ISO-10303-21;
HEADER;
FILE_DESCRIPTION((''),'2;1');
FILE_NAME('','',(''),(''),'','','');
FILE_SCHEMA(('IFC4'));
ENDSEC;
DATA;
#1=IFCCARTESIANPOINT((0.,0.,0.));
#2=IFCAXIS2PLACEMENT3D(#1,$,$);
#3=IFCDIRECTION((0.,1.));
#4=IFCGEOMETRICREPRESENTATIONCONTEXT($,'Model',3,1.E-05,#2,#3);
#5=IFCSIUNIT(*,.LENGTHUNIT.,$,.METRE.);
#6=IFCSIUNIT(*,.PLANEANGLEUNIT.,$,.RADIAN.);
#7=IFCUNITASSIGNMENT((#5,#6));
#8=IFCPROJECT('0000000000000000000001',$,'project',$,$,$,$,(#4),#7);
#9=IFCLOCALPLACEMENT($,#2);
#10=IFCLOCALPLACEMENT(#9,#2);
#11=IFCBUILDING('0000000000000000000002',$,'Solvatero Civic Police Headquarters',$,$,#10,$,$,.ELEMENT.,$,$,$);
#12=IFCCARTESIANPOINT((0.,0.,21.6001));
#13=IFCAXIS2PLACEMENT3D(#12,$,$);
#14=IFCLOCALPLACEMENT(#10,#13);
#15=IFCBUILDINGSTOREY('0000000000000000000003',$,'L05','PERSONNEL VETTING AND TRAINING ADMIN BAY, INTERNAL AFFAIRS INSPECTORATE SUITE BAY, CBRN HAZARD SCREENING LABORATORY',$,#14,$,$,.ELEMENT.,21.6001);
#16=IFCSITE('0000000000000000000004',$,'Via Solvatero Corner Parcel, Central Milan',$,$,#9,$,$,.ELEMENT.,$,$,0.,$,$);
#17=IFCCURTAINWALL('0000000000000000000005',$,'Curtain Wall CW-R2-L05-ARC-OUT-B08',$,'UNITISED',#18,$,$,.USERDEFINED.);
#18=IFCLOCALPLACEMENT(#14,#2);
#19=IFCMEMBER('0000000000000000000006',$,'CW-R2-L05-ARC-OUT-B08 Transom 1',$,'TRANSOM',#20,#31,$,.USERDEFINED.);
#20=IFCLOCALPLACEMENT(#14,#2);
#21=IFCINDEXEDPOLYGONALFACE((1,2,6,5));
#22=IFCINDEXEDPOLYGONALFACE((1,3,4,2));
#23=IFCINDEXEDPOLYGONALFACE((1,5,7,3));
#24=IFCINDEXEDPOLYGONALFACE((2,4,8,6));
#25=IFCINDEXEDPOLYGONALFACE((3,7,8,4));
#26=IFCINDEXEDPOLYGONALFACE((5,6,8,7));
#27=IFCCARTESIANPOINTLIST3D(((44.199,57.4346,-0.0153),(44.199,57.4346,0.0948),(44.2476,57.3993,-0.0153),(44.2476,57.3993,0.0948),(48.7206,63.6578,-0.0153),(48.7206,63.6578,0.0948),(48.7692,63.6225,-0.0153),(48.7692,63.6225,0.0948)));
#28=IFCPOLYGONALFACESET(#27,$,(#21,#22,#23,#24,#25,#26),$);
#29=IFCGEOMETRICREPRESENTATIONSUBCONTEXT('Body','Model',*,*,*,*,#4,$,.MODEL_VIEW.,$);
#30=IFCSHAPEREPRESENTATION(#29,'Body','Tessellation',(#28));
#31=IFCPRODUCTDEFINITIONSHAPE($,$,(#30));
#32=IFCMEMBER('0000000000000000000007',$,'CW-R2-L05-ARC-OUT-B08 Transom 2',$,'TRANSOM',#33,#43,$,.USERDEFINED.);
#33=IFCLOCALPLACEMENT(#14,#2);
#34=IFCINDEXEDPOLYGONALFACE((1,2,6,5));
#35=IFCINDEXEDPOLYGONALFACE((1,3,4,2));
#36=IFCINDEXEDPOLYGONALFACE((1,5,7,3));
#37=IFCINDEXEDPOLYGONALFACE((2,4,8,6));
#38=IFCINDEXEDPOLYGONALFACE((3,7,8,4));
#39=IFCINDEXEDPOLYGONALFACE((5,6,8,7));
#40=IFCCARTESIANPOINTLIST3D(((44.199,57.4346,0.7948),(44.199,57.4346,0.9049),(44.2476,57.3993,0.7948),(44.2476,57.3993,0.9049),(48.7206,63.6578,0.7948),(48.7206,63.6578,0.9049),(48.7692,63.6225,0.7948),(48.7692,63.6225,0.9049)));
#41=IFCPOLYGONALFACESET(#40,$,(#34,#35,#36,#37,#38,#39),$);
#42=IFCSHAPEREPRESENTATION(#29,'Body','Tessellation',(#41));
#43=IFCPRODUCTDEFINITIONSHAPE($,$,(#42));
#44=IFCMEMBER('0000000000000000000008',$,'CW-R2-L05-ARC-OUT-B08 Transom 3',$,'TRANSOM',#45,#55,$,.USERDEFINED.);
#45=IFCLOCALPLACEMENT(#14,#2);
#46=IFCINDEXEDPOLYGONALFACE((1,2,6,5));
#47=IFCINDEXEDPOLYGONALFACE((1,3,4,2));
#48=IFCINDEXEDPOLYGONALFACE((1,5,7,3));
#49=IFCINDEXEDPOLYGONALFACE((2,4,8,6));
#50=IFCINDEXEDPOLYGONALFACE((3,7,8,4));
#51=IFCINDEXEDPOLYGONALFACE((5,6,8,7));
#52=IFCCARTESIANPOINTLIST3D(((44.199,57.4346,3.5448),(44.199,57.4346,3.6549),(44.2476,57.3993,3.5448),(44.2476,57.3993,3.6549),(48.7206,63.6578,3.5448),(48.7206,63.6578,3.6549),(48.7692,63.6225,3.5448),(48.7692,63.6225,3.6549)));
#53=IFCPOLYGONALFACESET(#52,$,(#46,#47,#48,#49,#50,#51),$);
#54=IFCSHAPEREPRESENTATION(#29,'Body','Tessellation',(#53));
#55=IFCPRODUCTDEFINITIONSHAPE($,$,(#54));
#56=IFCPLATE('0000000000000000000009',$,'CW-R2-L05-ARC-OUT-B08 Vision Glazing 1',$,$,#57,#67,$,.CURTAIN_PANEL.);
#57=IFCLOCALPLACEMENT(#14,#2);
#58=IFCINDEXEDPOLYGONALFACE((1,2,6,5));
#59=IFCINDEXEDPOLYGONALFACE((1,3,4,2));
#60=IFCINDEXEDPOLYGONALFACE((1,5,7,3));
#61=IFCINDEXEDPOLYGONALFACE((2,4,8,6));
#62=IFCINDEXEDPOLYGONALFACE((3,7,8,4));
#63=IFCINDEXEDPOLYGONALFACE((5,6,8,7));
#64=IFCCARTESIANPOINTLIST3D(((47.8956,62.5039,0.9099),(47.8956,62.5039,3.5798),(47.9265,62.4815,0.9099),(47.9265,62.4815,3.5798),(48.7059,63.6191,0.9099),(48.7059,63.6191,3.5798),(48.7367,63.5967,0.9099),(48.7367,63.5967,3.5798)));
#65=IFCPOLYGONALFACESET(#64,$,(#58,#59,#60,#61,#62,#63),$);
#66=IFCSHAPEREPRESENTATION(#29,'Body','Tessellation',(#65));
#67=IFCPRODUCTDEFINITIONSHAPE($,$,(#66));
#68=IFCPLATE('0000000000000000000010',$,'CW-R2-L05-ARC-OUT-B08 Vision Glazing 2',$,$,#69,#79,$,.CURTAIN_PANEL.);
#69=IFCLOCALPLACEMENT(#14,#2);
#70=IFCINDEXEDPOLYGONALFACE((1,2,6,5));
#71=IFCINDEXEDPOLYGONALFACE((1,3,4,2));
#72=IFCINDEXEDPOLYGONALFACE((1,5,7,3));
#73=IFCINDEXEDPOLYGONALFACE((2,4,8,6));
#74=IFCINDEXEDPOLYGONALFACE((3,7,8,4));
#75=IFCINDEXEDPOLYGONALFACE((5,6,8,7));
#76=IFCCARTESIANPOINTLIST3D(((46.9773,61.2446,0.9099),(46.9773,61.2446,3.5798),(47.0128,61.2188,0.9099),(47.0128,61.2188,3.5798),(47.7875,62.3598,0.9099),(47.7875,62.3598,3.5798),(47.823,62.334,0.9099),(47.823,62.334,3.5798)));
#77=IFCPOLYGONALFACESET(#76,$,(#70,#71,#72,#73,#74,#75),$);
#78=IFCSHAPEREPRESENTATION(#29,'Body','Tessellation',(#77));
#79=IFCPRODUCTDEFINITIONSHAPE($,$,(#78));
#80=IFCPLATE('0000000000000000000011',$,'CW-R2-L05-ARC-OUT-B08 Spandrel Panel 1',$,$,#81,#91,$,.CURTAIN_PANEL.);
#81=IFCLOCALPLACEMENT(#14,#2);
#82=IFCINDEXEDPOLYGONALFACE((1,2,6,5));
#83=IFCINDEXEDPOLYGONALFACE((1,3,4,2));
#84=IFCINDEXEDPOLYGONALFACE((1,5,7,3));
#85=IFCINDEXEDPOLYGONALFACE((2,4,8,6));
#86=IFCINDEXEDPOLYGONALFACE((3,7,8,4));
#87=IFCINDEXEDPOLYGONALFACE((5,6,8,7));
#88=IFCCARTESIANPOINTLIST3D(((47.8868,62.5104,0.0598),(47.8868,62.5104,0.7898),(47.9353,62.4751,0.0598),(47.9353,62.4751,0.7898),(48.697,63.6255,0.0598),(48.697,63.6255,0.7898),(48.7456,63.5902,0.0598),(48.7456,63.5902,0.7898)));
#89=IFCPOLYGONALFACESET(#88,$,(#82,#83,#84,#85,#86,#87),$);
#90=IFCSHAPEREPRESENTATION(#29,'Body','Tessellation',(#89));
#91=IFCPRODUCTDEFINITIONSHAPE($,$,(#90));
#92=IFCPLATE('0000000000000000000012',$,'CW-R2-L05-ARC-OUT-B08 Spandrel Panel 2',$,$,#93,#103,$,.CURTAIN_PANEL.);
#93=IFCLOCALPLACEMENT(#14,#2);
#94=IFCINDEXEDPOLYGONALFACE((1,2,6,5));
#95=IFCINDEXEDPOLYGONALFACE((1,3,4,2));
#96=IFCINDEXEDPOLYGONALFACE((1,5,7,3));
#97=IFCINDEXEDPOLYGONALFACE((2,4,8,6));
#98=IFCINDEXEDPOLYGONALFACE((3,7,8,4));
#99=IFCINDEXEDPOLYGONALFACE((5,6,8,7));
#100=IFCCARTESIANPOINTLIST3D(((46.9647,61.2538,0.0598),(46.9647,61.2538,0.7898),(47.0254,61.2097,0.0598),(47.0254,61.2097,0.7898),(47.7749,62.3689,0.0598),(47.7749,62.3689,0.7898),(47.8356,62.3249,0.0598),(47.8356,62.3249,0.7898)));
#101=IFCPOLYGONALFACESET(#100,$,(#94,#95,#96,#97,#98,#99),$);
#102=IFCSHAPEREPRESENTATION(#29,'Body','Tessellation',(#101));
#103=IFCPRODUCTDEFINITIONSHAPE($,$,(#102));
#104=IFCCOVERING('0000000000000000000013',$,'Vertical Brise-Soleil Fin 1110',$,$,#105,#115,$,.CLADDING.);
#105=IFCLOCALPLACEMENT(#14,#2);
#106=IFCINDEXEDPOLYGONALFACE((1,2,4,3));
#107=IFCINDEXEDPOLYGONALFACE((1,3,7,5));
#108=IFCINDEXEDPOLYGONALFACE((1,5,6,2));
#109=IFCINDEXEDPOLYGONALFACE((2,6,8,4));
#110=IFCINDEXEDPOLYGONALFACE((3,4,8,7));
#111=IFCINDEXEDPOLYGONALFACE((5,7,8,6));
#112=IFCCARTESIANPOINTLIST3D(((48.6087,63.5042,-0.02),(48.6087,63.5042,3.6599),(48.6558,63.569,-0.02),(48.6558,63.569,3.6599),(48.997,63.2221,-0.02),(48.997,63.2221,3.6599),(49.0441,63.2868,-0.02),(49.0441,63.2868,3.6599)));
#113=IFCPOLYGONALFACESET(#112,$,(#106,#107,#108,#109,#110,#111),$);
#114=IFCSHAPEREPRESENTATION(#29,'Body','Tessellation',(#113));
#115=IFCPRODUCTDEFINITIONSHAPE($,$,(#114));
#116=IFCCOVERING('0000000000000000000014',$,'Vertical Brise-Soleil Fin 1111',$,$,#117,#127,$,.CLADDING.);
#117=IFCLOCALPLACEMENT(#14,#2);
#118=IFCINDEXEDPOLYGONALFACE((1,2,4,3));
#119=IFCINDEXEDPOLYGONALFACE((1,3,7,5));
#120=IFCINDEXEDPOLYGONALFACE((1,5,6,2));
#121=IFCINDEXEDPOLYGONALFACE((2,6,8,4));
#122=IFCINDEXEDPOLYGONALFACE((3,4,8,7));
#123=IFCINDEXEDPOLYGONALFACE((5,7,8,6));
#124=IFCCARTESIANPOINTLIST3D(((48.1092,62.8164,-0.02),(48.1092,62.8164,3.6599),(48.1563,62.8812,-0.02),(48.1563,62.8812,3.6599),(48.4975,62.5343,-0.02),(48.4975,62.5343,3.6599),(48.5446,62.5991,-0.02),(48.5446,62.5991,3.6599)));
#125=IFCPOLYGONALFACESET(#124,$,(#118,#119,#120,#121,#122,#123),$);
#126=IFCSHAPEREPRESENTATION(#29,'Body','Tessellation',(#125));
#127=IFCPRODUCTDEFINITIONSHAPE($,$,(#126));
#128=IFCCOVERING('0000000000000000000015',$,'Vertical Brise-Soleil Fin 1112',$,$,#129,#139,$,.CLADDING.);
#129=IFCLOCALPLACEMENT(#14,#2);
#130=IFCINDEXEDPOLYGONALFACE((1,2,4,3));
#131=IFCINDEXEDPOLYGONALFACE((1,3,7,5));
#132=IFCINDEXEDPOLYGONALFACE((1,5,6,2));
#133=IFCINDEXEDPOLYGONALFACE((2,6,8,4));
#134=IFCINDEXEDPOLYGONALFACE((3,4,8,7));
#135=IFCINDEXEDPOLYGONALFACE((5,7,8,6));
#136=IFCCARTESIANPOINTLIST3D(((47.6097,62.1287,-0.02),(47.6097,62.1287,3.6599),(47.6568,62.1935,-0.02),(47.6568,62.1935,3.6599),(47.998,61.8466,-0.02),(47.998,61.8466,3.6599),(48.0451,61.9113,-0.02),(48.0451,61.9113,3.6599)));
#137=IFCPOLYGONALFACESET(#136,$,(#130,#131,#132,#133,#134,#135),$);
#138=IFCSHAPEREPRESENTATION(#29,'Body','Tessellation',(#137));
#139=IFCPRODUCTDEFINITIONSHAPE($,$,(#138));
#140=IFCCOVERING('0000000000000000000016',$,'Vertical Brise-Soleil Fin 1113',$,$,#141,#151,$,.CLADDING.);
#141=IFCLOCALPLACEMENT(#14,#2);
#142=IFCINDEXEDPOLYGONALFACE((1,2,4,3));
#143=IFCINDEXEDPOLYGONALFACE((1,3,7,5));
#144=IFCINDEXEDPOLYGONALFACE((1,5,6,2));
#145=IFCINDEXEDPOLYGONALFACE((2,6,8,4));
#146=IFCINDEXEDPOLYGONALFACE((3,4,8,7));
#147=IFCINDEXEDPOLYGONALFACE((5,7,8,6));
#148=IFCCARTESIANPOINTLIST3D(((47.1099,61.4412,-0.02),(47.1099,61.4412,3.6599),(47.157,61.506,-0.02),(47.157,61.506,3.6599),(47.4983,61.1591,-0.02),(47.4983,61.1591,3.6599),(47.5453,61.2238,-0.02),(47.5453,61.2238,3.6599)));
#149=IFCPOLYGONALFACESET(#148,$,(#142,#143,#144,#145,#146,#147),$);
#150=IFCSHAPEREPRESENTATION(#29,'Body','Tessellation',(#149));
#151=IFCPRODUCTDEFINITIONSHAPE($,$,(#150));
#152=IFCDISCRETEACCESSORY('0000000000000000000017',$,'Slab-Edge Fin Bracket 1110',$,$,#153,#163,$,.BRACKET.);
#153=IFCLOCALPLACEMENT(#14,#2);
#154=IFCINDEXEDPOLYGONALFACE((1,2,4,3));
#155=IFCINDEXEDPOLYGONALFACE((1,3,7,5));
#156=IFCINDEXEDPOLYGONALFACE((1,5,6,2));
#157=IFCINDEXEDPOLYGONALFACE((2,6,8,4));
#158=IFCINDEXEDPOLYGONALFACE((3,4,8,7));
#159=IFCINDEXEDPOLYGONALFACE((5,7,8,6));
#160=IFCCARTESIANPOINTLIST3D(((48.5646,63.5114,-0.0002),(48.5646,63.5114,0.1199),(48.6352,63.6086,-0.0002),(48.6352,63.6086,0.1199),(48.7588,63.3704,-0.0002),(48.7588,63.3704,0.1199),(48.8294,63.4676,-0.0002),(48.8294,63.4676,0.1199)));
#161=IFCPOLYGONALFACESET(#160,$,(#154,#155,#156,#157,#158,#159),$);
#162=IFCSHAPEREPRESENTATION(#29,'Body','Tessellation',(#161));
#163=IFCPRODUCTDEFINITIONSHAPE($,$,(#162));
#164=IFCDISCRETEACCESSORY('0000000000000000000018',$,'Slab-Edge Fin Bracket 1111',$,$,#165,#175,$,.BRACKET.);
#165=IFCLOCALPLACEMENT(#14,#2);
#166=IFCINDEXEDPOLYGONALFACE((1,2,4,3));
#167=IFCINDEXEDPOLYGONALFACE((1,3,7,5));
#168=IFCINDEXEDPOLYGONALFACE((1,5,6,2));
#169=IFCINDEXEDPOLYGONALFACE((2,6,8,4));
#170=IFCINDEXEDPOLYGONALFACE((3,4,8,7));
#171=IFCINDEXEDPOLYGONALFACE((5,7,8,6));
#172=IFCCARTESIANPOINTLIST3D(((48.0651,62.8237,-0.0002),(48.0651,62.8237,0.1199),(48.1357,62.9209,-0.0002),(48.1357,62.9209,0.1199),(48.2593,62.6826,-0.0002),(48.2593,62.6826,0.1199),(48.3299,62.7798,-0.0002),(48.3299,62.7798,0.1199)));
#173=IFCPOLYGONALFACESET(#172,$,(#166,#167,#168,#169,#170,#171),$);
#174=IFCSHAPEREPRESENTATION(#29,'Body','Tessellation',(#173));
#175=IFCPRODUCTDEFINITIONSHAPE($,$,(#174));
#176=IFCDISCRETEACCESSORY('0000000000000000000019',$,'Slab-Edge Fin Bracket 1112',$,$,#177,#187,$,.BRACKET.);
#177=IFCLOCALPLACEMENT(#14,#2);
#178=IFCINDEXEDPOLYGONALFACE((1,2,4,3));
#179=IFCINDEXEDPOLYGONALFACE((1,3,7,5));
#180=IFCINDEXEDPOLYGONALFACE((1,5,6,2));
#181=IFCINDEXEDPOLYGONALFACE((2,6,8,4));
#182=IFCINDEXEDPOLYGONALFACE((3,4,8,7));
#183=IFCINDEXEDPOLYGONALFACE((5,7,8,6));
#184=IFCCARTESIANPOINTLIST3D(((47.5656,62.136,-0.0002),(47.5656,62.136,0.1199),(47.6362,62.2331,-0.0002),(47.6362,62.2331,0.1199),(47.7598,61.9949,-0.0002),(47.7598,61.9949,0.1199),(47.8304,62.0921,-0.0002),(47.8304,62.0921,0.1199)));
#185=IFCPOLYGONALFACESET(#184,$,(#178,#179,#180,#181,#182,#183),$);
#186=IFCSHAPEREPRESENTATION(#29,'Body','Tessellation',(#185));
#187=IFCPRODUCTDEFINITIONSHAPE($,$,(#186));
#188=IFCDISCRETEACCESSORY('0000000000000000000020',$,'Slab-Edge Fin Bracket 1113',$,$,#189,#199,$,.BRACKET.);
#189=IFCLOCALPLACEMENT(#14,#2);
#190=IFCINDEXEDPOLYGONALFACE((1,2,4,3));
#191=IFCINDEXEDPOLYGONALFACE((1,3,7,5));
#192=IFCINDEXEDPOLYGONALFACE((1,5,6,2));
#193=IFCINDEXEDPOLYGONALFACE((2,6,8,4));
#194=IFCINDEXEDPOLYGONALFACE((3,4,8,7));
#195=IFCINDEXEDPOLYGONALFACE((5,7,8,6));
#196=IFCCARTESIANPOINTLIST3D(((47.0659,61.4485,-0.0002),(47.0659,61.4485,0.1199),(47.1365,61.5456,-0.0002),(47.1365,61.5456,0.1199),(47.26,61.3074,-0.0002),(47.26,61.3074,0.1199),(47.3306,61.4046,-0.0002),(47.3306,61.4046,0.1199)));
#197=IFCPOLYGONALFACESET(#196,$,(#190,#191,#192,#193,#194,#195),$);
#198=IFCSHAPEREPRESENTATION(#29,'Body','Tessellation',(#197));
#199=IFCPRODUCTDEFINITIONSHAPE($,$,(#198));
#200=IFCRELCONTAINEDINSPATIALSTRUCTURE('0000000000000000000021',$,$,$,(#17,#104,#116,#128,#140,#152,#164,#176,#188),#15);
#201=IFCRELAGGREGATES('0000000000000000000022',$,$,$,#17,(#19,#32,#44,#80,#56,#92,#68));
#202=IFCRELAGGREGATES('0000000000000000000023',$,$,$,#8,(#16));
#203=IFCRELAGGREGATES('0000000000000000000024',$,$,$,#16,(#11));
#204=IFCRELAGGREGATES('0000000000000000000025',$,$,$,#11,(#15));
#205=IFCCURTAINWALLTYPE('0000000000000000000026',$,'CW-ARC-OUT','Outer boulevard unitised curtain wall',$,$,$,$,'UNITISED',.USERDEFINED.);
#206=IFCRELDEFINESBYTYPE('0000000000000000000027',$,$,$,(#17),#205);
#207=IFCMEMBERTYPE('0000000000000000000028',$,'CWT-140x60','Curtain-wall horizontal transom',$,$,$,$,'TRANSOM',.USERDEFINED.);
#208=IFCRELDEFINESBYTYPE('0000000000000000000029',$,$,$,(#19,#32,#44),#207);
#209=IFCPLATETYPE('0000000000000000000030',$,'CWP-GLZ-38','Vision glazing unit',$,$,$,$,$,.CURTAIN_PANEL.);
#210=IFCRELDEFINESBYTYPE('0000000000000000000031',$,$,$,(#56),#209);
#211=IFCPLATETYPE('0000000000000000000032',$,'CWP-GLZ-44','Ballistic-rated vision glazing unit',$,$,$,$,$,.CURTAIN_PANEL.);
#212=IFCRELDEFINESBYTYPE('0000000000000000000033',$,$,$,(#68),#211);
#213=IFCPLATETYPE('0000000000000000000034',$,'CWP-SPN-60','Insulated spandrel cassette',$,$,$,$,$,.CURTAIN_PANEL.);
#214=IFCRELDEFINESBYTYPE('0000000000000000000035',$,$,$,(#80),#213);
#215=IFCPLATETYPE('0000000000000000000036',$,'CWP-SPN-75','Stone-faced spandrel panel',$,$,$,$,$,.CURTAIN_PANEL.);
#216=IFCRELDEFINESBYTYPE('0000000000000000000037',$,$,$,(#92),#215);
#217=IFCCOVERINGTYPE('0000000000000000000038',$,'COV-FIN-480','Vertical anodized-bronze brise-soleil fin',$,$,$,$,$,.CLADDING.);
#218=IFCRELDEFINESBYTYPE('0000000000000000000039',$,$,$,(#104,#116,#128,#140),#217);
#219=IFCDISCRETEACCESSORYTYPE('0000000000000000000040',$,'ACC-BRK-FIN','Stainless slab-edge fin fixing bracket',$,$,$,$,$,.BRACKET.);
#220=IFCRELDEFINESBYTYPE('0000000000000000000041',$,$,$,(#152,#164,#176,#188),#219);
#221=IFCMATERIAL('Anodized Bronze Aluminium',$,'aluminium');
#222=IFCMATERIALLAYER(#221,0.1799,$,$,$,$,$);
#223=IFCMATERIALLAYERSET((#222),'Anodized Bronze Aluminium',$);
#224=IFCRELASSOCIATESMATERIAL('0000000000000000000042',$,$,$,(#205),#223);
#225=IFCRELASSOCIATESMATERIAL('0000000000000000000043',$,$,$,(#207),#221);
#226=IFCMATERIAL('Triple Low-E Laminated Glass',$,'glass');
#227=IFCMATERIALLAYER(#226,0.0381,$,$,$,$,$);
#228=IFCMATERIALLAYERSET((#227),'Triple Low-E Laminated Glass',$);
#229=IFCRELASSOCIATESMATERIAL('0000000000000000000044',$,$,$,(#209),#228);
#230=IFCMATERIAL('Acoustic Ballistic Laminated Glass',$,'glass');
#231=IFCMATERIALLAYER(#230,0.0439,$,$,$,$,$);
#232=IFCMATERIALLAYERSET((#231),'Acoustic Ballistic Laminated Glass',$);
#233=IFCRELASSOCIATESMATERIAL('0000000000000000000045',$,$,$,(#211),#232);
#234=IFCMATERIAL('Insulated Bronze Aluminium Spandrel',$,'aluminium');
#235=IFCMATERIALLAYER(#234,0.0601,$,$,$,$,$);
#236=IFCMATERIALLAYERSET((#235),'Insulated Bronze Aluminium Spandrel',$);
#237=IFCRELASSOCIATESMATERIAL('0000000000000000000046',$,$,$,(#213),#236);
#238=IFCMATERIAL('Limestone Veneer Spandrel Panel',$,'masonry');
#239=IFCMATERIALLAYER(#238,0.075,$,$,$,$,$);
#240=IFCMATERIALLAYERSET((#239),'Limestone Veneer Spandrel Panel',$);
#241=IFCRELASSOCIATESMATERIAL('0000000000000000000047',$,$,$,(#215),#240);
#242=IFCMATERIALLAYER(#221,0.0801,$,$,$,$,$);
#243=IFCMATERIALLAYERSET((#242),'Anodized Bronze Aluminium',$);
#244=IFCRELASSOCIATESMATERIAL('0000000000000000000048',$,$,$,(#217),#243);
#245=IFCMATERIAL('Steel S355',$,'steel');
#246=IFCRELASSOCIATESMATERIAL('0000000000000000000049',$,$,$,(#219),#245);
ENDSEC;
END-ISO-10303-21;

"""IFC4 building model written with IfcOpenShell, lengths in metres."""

from ifc_helpers import new_model, si_unit, direction, frame, origin, origin_2d, place, context, subcontext, project, spatial, rectangle, extrude, material, layer, layer_set, material_profile, profile_set, type_object, element, aggregate, save


model = new_model("IFC4")

# Units and contexts
model_context = context("Model", 3, precision=1e-05, world=origin(), true_north=direction((0.0, 1.0)))
body_context = subcontext(model_context, "Body", "Model", "MODEL_VIEW")
ifc_project = project(units=[si_unit("LENGTHUNIT", "METRE"), si_unit("PLANEANGLEUNIT", "RADIAN")], contexts=[model_context])

# Site, building, storey
site_placement = place(None, origin())
site = spatial("IfcSite", under=ifc_project, at=site_placement, Name="Via Solvatero Corner Parcel, Central Milan", CompositionType="ELEMENT", RefElevation=0.0)
building_placement = place(site_placement, origin())
building = spatial("IfcBuilding", under=site, at=building_placement, Name="Solvatero Civic Police Headquarters", CompositionType="ELEMENT")
storey_placement = place(building_placement, frame((0.0, 0.0, 21.6001)))
storey = spatial("IfcBuildingStorey", under=building, at=storey_placement, Name="L05", Description="PERSONNEL VETTING AND TRAINING ADMIN BAY, INTERNAL AFFAIRS INSPECTORATE SUITE BAY, CBRN HAZARD SCREENING LABORATORY", CompositionType="ELEMENT", Elevation=21.6001)

# Shared definitions
ifc_material_1 = material(Name="Steel S355", Category="steel")

# Curtain wall, members, plates
ifc_material_2 = material(Name="Anodized Bronze Aluminium", Category="aluminium")
ifc_layer_1 = layer(ifc_material_2, 0.1799)
ifc_layer_set_1 = layer_set([ifc_layer_1], Name="Anodized Bronze Aluminium")
curtain_wall_type = type_object("IfcCurtainWallType", Name="CW-ARC-OUT", Description="Outer boulevard unitised curtain wall", ElementType="UNITISED", PredefinedType="USERDEFINED", material=ifc_layer_set_1)
curtain_wall_placement = place(storey_placement, origin())
curtain_wall = element("IfcCurtainWall", 1, at=curtain_wall_placement, inside=storey, type_object=curtain_wall_type, Name="Curtain Wall CW-R2-L05-ARC-OUT-B08", ObjectType="UNITISED", PredefinedType="USERDEFINED")
ifc_material_profile_1 = material_profile(ifc_material_2, rectangle(XDim=0.0601, YDim=0.1101, at=origin_2d()), Name="ALU TRANSOM 60x110")
ifc_profile_set_1 = profile_set([ifc_material_profile_1], Name="Anodized Bronze Aluminium")
member_type_1 = type_object("IfcMemberType", Name="CWT-140x60", Description="Curtain-wall horizontal transom", ElementType="TRANSOM", PredefinedType="USERDEFINED", material=ifc_profile_set_1)
member_1_placement = place(storey_placement, frame((48.7449, 63.6401, 0.0398), z_axis=(-0.587794, -0.80901, 0.0), x_axis=(0.80901, -0.587794, 0.0)))
member_1 = element("IfcMember", 2, at=member_1_placement, type_object=member_type_1, Name="CW-R2-L05-ARC-OUT-B08 Transom 1", ObjectType="TRANSOM", PredefinedType="USERDEFINED", context=body_context, shape_type="SweptSolid", body=[
    extrude(rectangle(XDim=0.0601, YDim=0.1101, at=origin_2d()), origin(), (0.0, 0.0, 1.0), 7.6924),
])
member_2_placement = place(storey_placement, frame((48.7449, 63.6401, 0.8499), z_axis=(-0.587794, -0.80901, 0.0), x_axis=(0.80901, -0.587794, 0.0)))
member_2 = element("IfcMember", 3, at=member_2_placement, type_object=member_type_1, Name="CW-R2-L05-ARC-OUT-B08 Transom 2", ObjectType="TRANSOM", PredefinedType="USERDEFINED", context=body_context, shape_type="SweptSolid", body=[
    extrude(rectangle(XDim=0.0601, YDim=0.1101, at=origin_2d()), origin(), (0.0, 0.0, 1.0), 7.6924),
])
member_3_placement = place(storey_placement, frame((48.7449, 63.6401, 3.5999), z_axis=(-0.587794, -0.80901, 0.0), x_axis=(0.80901, -0.587794, 0.0)))
member_3 = element("IfcMember", 4, at=member_3_placement, type_object=member_type_1, Name="CW-R2-L05-ARC-OUT-B08 Transom 3", ObjectType="TRANSOM", PredefinedType="USERDEFINED", context=body_context, shape_type="SweptSolid", body=[
    extrude(rectangle(XDim=0.0601, YDim=0.1101, at=origin_2d()), origin(), (0.0, 0.0, 1.0), 7.6924),
])
ifc_material_3 = material(Name="Triple Low-E Laminated Glass", Category="glass")
ifc_layer_2 = layer(ifc_material_3, 0.0381)
ifc_layer_set_2 = layer_set([ifc_layer_2], Name="Triple Low-E Laminated Glass")
plate_type_1 = type_object("IfcPlateType", Name="CWP-GLZ-38", Description="Vision glazing unit", PredefinedType="CURTAIN_PANEL", material=ifc_layer_set_2)
plate_1_placement = place(storey_placement, frame((48.3162, 63.0503, 0.9099), z_axis=(0.0, 0.0, 1.0), x_axis=(-0.587785, -0.809017, 0.0)))
plate_1 = element("IfcPlate", 5, at=plate_1_placement, type_object=plate_type_1, Name="CW-R2-L05-ARC-OUT-B08 Vision Glazing 1", PredefinedType="CURTAIN_PANEL", context=body_context, shape_type="SweptSolid", body=[
    extrude(rectangle(XDim=1.3784, YDim=0.0381, at=origin_2d()), origin(), (0.0, 0.0, 1.0), 2.6699),
])
ifc_material_4 = material(Name="Acoustic Ballistic Laminated Glass", Category="glass")
ifc_layer_3 = layer(ifc_material_4, 0.0439)
ifc_layer_set_3 = layer_set([ifc_layer_3], Name="Acoustic Ballistic Laminated Glass")
plate_type_2 = type_object("IfcPlateType", Name="CWP-GLZ-44", Description="Ballistic-rated vision glazing unit", PredefinedType="CURTAIN_PANEL", material=ifc_layer_set_3)
plate_2_placement = place(storey_placement, frame((47.4001, 61.7893, 0.9099), z_axis=(0.0, 0.0, 1.0), x_axis=(-0.587785, -0.809017, 0.0)))
plate_2 = element("IfcPlate", 6, at=plate_2_placement, type_object=plate_type_2, Name="CW-R2-L05-ARC-OUT-B08 Vision Glazing 2", PredefinedType="CURTAIN_PANEL", context=body_context, shape_type="SweptSolid", body=[
    extrude(rectangle(XDim=1.3784, YDim=0.0439, at=origin_2d()), origin(), (0.0, 0.0, 1.0), 2.6699),
])
ifc_material_5 = material(Name="Insulated Bronze Aluminium Spandrel", Category="aluminium")
ifc_layer_4 = layer(ifc_material_5, 0.0601)
ifc_layer_set_4 = layer_set([ifc_layer_4], Name="Insulated Bronze Aluminium Spandrel")
plate_type_3 = type_object("IfcPlateType", Name="CWP-SPN-60", Description="Insulated spandrel cassette", PredefinedType="CURTAIN_PANEL", material=ifc_layer_set_4)
plate_3_placement = place(storey_placement, frame((48.3162, 63.0503, 0.0598), z_axis=(0.0, 0.0, 1.0), x_axis=(-0.587785, -0.809017, 0.0)))
plate_3 = element("IfcPlate", 7, at=plate_3_placement, type_object=plate_type_3, Name="CW-R2-L05-ARC-OUT-B08 Spandrel Panel 1", PredefinedType="CURTAIN_PANEL", context=body_context, shape_type="SweptSolid", body=[
    extrude(rectangle(XDim=1.3784, YDim=0.0601, at=origin_2d()), origin(), (0.0, 0.0, 1.0), 0.73),
])
ifc_material_6 = material(Name="Limestone Veneer Spandrel Panel", Category="masonry")
ifc_layer_5 = layer(ifc_material_6, 0.075)
ifc_layer_set_5 = layer_set([ifc_layer_5], Name="Limestone Veneer Spandrel Panel")
plate_type_4 = type_object("IfcPlateType", Name="CWP-SPN-75", Description="Stone-faced spandrel panel", PredefinedType="CURTAIN_PANEL", material=ifc_layer_set_5)
plate_4_placement = place(storey_placement, frame((47.4001, 61.7893, 0.0598), z_axis=(0.0, 0.0, 1.0), x_axis=(-0.587785, -0.809017, 0.0)))
plate_4 = element("IfcPlate", 8, at=plate_4_placement, type_object=plate_type_4, Name="CW-R2-L05-ARC-OUT-B08 Spandrel Panel 2", PredefinedType="CURTAIN_PANEL", context=body_context, shape_type="SweptSolid", body=[
    extrude(rectangle(XDim=1.3784, YDim=0.075, at=origin_2d()), origin(), (0.0, 0.0, 1.0), 0.73),
])
aggregate(curtain_wall, [member_1, member_2, member_3, plate_3, plate_1, plate_4, plate_2])

# Coverings
ifc_layer_6 = layer(ifc_material_2, 0.0801)
ifc_layer_set_6 = layer_set([ifc_layer_6], Name="Anodized Bronze Aluminium")
covering_type = type_object("IfcCoveringType", Name="COV-FIN-480", Description="Vertical anodized-bronze brise-soleil fin", PredefinedType="CLADDING", material=ifc_layer_set_6)
for number, where, z_axis, x_axis, name in (
    (9, (48.8264, 63.3955, -0.02), (0.0, 0.0, 1.0), (-0.587785, -0.809017, 0.0), "Vertical Brise-Soleil Fin 1110"),
    (10, (48.3269, 62.7078, -0.02), (0.0, 0.0, 1.0), (-0.587785, -0.809017, 0.0), "Vertical Brise-Soleil Fin 1111"),
    (11, (47.8274, 62.02, -0.02), (0.0, 0.0, 1.0), (-0.587785, -0.809017, 0.0), "Vertical Brise-Soleil Fin 1112"),
    (12, (47.3276, 61.3325, -0.02), (0.0, 0.0, 1.0), (-0.587785, -0.809017, 0.0), "Vertical Brise-Soleil Fin 1113"),
):
    element("IfcCovering", number, at=place(storey_placement, frame(where, z_axis=z_axis, x_axis=x_axis)), inside=storey, type_object=covering_type, Name=name, PredefinedType="CLADDING", context=body_context, shape_type="SweptSolid", body=[
        extrude(rectangle(XDim=0.0801, YDim=0.48, at=origin_2d()), origin(), (0.0, 0.0, 1.0), 3.6799),
    ])

# Discrete accessories
discrete_accessory_type = type_object("IfcDiscreteAccessoryType", Name="ACC-BRK-FIN", Description="Stainless slab-edge fin fixing bracket", PredefinedType="BRACKET", material=ifc_material_1)
for number, where, z_axis, x_axis, name in (
    (13, (48.697, 63.4895, -0.0002), (0.0, 0.0, 1.0), (-0.587785, -0.809017, 0.0), "Slab-Edge Fin Bracket 1110"),
    (14, (48.1975, 62.8018, -0.0002), (0.0, 0.0, 1.0), (-0.587785, -0.809017, 0.0), "Slab-Edge Fin Bracket 1111"),
    (15, (47.698, 62.114, -0.0002), (0.0, 0.0, 1.0), (-0.587785, -0.809017, 0.0), "Slab-Edge Fin Bracket 1112"),
    (16, (47.1982, 61.4265, -0.0002), (0.0, 0.0, 1.0), (-0.587785, -0.809017, 0.0), "Slab-Edge Fin Bracket 1113"),
):
    element("IfcDiscreteAccessory", number, at=place(storey_placement, frame(where, z_axis=z_axis, x_axis=x_axis)), inside=storey, type_object=discrete_accessory_type, Name=name, PredefinedType="BRACKET", context=body_context, shape_type="SweptSolid", body=[
        extrude(rectangle(XDim=0.1201, YDim=0.24, at=origin_2d()), origin(), (0.0, 0.0, 1.0), 0.1201),
    ])

save(model, "model.ifc")
